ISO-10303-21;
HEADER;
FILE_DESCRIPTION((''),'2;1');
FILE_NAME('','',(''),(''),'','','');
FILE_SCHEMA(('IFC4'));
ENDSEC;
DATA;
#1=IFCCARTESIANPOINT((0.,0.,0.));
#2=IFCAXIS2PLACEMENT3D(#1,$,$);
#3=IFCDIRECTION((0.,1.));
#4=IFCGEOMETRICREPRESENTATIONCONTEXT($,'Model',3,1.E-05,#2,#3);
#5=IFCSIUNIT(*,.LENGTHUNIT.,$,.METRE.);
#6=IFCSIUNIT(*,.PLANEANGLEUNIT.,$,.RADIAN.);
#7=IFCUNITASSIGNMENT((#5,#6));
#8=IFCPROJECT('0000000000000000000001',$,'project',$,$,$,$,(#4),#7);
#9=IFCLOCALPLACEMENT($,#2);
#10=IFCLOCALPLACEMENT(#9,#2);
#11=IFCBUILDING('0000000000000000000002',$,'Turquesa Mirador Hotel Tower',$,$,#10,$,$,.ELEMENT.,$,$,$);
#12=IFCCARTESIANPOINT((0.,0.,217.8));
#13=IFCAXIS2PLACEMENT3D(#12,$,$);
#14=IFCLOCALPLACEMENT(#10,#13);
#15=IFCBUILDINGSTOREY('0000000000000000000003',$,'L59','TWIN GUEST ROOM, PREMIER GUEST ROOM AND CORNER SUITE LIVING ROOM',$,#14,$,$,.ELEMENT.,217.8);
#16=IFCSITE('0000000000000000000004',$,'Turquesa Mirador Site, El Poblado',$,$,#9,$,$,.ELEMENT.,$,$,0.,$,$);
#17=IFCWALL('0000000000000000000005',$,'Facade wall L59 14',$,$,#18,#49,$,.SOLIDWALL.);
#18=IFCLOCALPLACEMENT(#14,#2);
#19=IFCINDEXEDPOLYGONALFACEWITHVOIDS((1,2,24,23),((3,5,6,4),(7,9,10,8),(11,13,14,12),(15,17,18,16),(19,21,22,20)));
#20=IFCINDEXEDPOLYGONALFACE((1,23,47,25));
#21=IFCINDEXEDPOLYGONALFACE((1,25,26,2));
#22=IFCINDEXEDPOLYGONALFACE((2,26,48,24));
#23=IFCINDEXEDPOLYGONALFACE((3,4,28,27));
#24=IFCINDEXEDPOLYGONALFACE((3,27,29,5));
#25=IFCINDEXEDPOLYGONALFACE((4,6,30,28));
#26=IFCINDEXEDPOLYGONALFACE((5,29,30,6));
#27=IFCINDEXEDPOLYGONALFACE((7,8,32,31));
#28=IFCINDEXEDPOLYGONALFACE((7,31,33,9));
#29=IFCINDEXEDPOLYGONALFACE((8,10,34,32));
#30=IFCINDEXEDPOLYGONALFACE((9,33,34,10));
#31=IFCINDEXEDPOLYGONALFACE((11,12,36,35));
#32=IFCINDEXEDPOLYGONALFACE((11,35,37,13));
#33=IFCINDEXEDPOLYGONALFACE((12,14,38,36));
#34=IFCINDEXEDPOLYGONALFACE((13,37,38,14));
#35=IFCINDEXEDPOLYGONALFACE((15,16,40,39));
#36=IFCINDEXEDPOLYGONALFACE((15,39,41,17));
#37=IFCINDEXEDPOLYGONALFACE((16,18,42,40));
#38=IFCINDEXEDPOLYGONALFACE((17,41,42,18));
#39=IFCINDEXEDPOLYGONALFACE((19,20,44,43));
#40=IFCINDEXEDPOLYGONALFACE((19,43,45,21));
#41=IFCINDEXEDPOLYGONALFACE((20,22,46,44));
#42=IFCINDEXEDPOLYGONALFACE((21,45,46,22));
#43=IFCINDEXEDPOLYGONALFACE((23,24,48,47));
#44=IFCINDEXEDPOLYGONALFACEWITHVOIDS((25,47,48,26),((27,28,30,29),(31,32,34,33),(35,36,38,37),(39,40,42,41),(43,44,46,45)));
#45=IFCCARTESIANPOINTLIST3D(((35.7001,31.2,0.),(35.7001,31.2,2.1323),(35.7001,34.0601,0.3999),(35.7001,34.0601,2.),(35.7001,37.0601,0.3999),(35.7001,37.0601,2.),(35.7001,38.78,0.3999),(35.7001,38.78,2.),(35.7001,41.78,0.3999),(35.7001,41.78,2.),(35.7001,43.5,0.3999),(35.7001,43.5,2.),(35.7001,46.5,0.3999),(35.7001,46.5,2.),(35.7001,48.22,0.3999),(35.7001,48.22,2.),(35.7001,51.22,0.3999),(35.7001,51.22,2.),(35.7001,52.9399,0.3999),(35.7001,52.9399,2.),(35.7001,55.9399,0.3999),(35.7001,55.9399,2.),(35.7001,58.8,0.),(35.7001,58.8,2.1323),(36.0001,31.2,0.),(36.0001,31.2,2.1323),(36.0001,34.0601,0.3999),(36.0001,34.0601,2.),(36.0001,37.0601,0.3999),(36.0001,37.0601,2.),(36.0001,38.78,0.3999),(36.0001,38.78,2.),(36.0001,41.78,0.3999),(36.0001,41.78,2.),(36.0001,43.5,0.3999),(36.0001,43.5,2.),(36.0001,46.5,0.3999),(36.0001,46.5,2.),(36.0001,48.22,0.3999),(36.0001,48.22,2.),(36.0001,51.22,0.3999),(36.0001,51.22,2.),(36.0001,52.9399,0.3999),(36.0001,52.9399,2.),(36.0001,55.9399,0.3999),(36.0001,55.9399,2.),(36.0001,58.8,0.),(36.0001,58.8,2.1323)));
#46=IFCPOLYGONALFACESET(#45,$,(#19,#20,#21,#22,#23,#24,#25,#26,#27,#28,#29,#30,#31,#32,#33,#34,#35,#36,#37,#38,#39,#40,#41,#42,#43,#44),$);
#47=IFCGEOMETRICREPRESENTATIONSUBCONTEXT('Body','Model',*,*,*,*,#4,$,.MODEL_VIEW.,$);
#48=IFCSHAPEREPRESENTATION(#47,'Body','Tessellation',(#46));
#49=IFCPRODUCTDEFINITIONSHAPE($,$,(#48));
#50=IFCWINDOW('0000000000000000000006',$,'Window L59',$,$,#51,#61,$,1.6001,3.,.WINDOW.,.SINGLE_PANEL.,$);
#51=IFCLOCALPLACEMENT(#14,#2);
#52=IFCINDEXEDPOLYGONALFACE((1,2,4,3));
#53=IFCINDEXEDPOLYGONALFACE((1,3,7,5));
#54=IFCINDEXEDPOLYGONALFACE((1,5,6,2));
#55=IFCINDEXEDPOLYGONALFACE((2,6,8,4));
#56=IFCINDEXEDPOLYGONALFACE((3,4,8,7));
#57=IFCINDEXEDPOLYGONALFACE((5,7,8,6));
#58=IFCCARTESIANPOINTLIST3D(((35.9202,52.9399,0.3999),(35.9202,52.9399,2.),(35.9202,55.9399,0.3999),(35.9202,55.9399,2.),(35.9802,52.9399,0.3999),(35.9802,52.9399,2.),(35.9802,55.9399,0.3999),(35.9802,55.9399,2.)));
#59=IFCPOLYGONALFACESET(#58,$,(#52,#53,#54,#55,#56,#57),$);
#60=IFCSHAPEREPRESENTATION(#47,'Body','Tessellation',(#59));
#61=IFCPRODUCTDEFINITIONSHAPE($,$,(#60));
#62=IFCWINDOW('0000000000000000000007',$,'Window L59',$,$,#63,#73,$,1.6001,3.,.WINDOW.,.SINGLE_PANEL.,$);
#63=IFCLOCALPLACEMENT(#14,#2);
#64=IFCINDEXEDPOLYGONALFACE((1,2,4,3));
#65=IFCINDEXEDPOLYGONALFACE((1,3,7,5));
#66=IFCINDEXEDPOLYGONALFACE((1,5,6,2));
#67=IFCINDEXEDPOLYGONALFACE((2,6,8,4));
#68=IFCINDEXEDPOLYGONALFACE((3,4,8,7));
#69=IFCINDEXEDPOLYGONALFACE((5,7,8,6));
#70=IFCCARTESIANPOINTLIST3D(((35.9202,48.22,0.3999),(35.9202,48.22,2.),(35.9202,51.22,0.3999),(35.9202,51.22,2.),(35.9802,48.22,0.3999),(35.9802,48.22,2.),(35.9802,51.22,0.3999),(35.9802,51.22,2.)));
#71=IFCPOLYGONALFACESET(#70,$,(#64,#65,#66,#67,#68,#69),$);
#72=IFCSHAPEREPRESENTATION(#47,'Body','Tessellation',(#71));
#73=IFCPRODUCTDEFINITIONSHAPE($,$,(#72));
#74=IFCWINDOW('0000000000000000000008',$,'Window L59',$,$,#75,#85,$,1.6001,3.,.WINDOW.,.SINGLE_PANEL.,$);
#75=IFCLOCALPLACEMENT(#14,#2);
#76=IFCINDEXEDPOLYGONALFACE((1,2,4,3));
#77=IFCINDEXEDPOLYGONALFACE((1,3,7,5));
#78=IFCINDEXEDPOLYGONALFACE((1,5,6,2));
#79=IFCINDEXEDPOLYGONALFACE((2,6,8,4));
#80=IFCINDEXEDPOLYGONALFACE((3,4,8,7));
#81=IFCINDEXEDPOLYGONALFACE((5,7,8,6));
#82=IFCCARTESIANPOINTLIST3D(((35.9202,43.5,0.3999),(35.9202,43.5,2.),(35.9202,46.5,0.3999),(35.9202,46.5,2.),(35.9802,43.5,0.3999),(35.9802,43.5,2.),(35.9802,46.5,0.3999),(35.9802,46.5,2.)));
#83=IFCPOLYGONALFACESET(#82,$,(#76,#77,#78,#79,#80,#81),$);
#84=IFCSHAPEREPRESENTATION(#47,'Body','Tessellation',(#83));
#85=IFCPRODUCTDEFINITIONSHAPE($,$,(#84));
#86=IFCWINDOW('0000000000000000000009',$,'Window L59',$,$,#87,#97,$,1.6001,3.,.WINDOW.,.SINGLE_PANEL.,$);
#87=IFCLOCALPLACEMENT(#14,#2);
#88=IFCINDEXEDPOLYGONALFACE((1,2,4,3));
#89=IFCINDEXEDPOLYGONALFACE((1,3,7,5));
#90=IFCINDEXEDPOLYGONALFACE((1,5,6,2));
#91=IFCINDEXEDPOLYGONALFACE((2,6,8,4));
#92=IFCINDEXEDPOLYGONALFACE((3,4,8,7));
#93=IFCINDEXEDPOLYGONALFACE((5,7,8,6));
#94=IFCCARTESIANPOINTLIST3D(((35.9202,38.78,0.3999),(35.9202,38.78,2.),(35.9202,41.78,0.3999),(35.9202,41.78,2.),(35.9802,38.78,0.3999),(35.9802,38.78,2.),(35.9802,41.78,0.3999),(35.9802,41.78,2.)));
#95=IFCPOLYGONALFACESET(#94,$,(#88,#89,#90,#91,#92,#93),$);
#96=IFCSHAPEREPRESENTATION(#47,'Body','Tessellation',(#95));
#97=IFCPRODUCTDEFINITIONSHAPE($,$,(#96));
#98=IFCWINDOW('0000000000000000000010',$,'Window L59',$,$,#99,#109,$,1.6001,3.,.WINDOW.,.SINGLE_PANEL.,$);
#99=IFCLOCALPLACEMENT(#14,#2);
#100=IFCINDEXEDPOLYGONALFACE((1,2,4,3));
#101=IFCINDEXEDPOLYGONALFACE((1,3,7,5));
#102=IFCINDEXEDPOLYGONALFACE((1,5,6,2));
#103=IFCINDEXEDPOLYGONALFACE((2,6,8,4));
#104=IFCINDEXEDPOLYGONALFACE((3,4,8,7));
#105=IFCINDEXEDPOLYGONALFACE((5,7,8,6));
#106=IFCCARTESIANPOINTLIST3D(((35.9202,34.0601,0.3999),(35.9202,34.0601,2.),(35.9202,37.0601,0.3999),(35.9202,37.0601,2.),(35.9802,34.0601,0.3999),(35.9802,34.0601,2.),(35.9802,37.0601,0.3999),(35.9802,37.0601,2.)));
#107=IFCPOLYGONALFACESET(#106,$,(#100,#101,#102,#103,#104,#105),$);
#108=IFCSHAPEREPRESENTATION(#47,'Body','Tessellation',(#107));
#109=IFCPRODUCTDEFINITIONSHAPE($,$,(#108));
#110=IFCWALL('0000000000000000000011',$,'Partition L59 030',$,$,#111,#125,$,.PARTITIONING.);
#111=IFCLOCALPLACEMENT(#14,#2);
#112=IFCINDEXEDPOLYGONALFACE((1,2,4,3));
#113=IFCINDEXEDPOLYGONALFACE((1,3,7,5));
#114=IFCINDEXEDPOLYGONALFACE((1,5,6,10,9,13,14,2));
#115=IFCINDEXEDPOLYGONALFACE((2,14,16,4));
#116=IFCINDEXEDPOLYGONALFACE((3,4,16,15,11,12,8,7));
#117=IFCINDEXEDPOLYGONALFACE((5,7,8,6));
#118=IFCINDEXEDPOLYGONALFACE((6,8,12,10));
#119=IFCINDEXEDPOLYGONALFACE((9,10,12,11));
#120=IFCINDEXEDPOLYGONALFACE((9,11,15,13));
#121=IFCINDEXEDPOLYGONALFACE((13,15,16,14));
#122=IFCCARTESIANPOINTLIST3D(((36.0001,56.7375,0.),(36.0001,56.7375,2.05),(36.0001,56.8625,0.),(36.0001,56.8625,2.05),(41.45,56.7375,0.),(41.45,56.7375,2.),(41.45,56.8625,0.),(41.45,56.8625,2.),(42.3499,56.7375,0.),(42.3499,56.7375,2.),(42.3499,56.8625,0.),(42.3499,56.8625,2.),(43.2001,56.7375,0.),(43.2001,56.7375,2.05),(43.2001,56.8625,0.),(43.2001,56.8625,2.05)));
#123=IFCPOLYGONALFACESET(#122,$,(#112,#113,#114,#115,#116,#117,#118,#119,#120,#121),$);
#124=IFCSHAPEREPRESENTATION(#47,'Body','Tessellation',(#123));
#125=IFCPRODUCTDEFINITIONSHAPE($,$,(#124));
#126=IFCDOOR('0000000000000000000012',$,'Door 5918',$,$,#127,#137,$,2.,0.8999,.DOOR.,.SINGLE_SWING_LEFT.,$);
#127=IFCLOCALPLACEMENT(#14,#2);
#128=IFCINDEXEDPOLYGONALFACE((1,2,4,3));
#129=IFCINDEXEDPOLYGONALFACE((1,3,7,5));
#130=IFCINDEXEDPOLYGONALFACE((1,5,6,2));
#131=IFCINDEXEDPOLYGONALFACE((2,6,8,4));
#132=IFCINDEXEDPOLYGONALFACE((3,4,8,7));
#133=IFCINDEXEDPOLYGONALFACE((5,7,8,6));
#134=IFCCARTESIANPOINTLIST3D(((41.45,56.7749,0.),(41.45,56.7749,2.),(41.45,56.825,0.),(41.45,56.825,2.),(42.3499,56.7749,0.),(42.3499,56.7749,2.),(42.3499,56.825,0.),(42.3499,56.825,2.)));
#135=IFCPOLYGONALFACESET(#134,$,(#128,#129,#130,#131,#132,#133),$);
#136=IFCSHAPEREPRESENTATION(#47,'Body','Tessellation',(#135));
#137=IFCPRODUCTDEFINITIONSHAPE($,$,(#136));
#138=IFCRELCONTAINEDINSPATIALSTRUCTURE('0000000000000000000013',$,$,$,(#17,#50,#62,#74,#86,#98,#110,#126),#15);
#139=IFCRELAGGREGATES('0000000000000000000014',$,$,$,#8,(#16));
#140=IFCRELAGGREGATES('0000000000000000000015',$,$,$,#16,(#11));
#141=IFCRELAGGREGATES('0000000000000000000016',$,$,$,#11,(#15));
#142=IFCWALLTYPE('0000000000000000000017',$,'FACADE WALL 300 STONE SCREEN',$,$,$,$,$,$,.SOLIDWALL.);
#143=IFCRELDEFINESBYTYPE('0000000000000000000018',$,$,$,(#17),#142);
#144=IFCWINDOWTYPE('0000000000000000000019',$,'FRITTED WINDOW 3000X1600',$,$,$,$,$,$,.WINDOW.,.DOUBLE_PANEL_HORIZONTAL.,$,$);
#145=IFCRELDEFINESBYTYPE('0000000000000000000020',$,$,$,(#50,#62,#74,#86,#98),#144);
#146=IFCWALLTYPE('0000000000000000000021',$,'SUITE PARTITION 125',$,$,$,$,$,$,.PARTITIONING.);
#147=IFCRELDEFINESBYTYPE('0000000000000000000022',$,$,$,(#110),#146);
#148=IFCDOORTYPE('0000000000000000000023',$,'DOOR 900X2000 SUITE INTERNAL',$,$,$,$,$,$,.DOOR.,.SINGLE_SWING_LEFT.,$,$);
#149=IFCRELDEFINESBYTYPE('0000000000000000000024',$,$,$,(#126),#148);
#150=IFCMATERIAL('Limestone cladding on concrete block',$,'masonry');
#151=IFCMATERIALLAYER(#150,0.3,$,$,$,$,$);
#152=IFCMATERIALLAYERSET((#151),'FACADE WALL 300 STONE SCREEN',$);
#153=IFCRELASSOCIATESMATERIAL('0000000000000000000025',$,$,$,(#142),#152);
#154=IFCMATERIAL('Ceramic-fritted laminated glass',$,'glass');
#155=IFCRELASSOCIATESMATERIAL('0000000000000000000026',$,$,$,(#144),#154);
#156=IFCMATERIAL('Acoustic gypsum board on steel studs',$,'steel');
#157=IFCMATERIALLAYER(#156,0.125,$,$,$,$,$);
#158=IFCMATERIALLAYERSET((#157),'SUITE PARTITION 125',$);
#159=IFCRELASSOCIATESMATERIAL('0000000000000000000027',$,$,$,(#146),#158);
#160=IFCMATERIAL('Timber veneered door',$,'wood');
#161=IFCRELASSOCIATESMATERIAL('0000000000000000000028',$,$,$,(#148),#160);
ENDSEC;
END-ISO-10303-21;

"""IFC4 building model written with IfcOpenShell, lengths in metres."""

from ifc_helpers import new_model, si_unit, direction, frame, frame_2d, origin, place, context, subcontext, project, spatial, rectangle, extrude, material, layer, layer_set, type_object, element, fill, save


model = new_model("IFC4")

# Units and contexts
model_context = context("Model", 3, precision=1e-05, world=origin(), true_north=direction((0.0, 1.0)))
body_context = subcontext(model_context, "Body", "Model", "MODEL_VIEW")
ifc_project = project(units=[si_unit("LENGTHUNIT", "METRE"), si_unit("PLANEANGLEUNIT", "RADIAN")], contexts=[model_context])

# Site, building, storey
site_placement = place(None, origin())
site = spatial("IfcSite", under=ifc_project, at=site_placement, Name="Turquesa Mirador Site, El Poblado", CompositionType="ELEMENT", RefElevation=0.0)
building_placement = place(site_placement, origin())
building = spatial("IfcBuilding", under=site, at=building_placement, Name="Turquesa Mirador Hotel Tower", CompositionType="ELEMENT")
storey_placement = place(building_placement, frame((0.0, 0.0, 217.8)))
storey = spatial("IfcBuildingStorey", under=building, at=storey_placement, Name="L59", Description="TWIN GUEST ROOM, PREMIER GUEST ROOM AND CORNER SUITE LIVING ROOM", CompositionType="ELEMENT", Elevation=217.8)

# Shared definitions
ifc_material_1 = material(Name="Limestone cladding on concrete block", Category="masonry")
ifc_layer_1 = layer(ifc_material_1, 0.3)
ifc_layer_set_1 = layer_set([ifc_layer_1], Name="FACADE WALL 300 STONE SCREEN")
wall_type_1 = type_object("IfcWallType", Name="FACADE WALL 300 STONE SCREEN", PredefinedType="SOLIDWALL", material=ifc_layer_set_1)

# Wall, openings, windows
wall_1_placement = place(storey_placement, frame((35.8501, 58.8, 0.0), z_axis=(0.0, 0.0, 1.0), x_axis=(0.0, -1.0, 0.0)))
wall_1 = element("IfcWall", 1, at=wall_1_placement, inside=storey, type_object=wall_type_1, Name="Facade wall L59 14", PredefinedType="SOLIDWALL", context=body_context, shape_type="SweptSolid", body=[
    extrude(rectangle(XDim=27.6001, YDim=0.3, at=frame_2d((13.8, 0.0))), origin(), (0.0, 0.0, 1.0), 2.1323),
])
opening_1_placement = place(wall_1_placement, frame((2.8601, 0.0, 0.3999)))
opening_1 = element("IfcOpeningElement", 2, at=opening_1_placement, cuts=wall_1, PredefinedType="OPENING", context=body_context, shape_type="SweptSolid", body=[
    extrude(rectangle(XDim=3.0, YDim=1.6001, at=frame_2d((1.5, 0.8))), frame((0.0, 0.1599, 0.0), z_axis=(0.0, -1.0, 0.0), x_axis=(1.0, 0.0, 0.0)), (0.0, 0.0, 1.0), 0.3201),
])
opening_2_placement = place(wall_1_placement, frame((7.5801, 0.0, 0.3999)))
opening_2 = element("IfcOpeningElement", 3, at=opening_2_placement, cuts=wall_1, PredefinedType="OPENING", context=body_context, shape_type="SweptSolid", body=[
    extrude(rectangle(XDim=3.0, YDim=1.6001, at=frame_2d((1.5, 0.8))), frame((0.0, 0.1599, 0.0), z_axis=(0.0, -1.0, 0.0), x_axis=(1.0, 0.0, 0.0)), (0.0, 0.0, 1.0), 0.3201),
])
opening_3_placement = place(wall_1_placement, frame((12.3, 0.0, 0.3999)))
opening_3 = element("IfcOpeningElement", 4, at=opening_3_placement, cuts=wall_1, PredefinedType="OPENING", context=body_context, shape_type="SweptSolid", body=[
    extrude(rectangle(XDim=3.0, YDim=1.6001, at=frame_2d((1.5, 0.8))), frame((0.0, 0.1599, 0.0), z_axis=(0.0, -1.0, 0.0), x_axis=(1.0, 0.0, 0.0)), (0.0, 0.0, 1.0), 0.3201),
])
opening_4_placement = place(wall_1_placement, frame((17.02, 0.0, 0.3999)))
opening_4 = element("IfcOpeningElement", 5, at=opening_4_placement, cuts=wall_1, PredefinedType="OPENING", context=body_context, shape_type="SweptSolid", body=[
    extrude(rectangle(XDim=3.0, YDim=1.6001, at=frame_2d((1.5, 0.8))), frame((0.0, 0.1599, 0.0), z_axis=(0.0, -1.0, 0.0), x_axis=(1.0, 0.0, 0.0)), (0.0, 0.0, 1.0), 0.3201),
])
opening_5_placement = place(wall_1_placement, frame((21.74, 0.0, 0.3999)))
opening_5 = element("IfcOpeningElement", 6, at=opening_5_placement, cuts=wall_1, PredefinedType="OPENING", context=body_context, shape_type="SweptSolid", body=[
    extrude(rectangle(XDim=3.0, YDim=1.6001, at=frame_2d((1.5, 0.8))), frame((0.0, 0.1599, 0.0), z_axis=(0.0, -1.0, 0.0), x_axis=(1.0, 0.0, 0.0)), (0.0, 0.0, 1.0), 0.3201),
])
ifc_material_2 = material(Name="Ceramic-fritted laminated glass", Category="glass")
window_type_1 = type_object("IfcWindowType", Name="FRITTED WINDOW 3000X1600", PartitioningType="DOUBLE_PANEL_HORIZONTAL", PredefinedType="WINDOW", material=ifc_material_2)
window_1_placement = place(opening_1_placement, origin())
window_1 = element("IfcWindow", 7, at=window_1_placement, inside=storey, type_object=window_type_1, Name="Window L59", OverallHeight=1.6001, OverallWidth=3.0, PartitioningType="SINGLE_PANEL", PredefinedType="WINDOW", context=body_context, shape_type="SweptSolid", body=[
    extrude(rectangle(XDim=3.0, YDim=1.6001, at=frame_2d((1.5, 0.8))), frame((0.0, 0.1301, 0.0), z_axis=(0.0, -1.0, 0.0), x_axis=(1.0, 0.0, 0.0)), (0.0, 0.0, 1.0), 0.0601),
])
fill(opening_1, window_1)
window_2_placement = place(opening_2_placement, origin())
window_2 = element("IfcWindow", 8, at=window_2_placement, inside=storey, type_object=window_type_1, Name="Window L59", OverallHeight=1.6001, OverallWidth=3.0, PartitioningType="SINGLE_PANEL", PredefinedType="WINDOW", context=body_context, shape_type="SweptSolid", body=[
    extrude(rectangle(XDim=3.0, YDim=1.6001, at=frame_2d((1.5, 0.8))), frame((0.0, 0.1301, 0.0), z_axis=(0.0, -1.0, 0.0), x_axis=(1.0, 0.0, 0.0)), (0.0, 0.0, 1.0), 0.0601),
])
fill(opening_2, window_2)
window_3_placement = place(opening_3_placement, origin())
window_3 = element("IfcWindow", 9, at=window_3_placement, inside=storey, type_object=window_type_1, Name="Window L59", OverallHeight=1.6001, OverallWidth=3.0, PartitioningType="SINGLE_PANEL", PredefinedType="WINDOW", context=body_context, shape_type="SweptSolid", body=[
    extrude(rectangle(XDim=3.0, YDim=1.6001, at=frame_2d((1.5, 0.8))), frame((0.0, 0.1301, 0.0), z_axis=(0.0, -1.0, 0.0), x_axis=(1.0, 0.0, 0.0)), (0.0, 0.0, 1.0), 0.0601),
])
fill(opening_3, window_3)
window_4_placement = place(opening_4_placement, origin())
window_4 = element("IfcWindow", 10, at=window_4_placement, inside=storey, type_object=window_type_1, Name="Window L59", OverallHeight=1.6001, OverallWidth=3.0, PartitioningType="SINGLE_PANEL", PredefinedType="WINDOW", context=body_context, shape_type="SweptSolid", body=[
    extrude(rectangle(XDim=3.0, YDim=1.6001, at=frame_2d((1.5, 0.8))), frame((0.0, 0.1301, 0.0), z_axis=(0.0, -1.0, 0.0), x_axis=(1.0, 0.0, 0.0)), (0.0, 0.0, 1.0), 0.0601),
])
fill(opening_4, window_4)
window_5_placement = place(opening_5_placement, origin())
window_5 = element("IfcWindow", 11, at=window_5_placement, inside=storey, type_object=window_type_1, Name="Window L59", OverallHeight=1.6001, OverallWidth=3.0, PartitioningType="SINGLE_PANEL", PredefinedType="WINDOW", context=body_context, shape_type="SweptSolid", body=[
    extrude(rectangle(XDim=3.0, YDim=1.6001, at=frame_2d((1.5, 0.8))), frame((0.0, 0.1301, 0.0), z_axis=(0.0, -1.0, 0.0), x_axis=(1.0, 0.0, 0.0)), (0.0, 0.0, 1.0), 0.0601),
])
fill(opening_5, window_5)

# Wall, opening, door
ifc_material_3 = material(Name="Acoustic gypsum board on steel studs", Category="steel")
ifc_layer_2 = layer(ifc_material_3, 0.125)
ifc_layer_set_2 = layer_set([ifc_layer_2], Name="SUITE PARTITION 125")
wall_type_2 = type_object("IfcWallType", Name="SUITE PARTITION 125", PredefinedType="PARTITIONING", material=ifc_layer_set_2)
wall_2_placement = place(storey_placement, frame((36.0, 56.8, 0.0), z_axis=(0.0, 0.0, 1.0), x_axis=(1.0, 0.0, 0.0)))
wall_2 = element("IfcWall", 12, at=wall_2_placement, inside=storey, type_object=wall_type_2, Name="Partition L59 030", PredefinedType="PARTITIONING", context=body_context, shape_type="SweptSolid", body=[
    extrude(rectangle(XDim=7.2, YDim=0.125, at=frame_2d((3.6001, 0.0))), origin(), (0.0, 0.0, 1.0), 2.05),
])
opening_6_placement = place(wall_2_placement, frame((5.45, 0.0, 0.0)))
opening_6 = element("IfcOpeningElement", 13, at=opening_6_placement, cuts=wall_2, PredefinedType="OPENING", context=body_context, shape_type="SweptSolid", body=[
    extrude(rectangle(XDim=0.8999, YDim=2.0, at=frame_2d((0.45, 1.0))), frame((0.0, 0.0725, 0.0), z_axis=(0.0, -1.0, 0.0), x_axis=(1.0, 0.0, 0.0)), (0.0, 0.0, 1.0), 0.145),
])
ifc_material_4 = material(Name="Timber veneered door", Category="wood")
door_type = type_object("IfcDoorType", Name="DOOR 900X2000 SUITE INTERNAL", OperationType="SINGLE_SWING_LEFT", PredefinedType="DOOR", material=ifc_material_4)
door_placement = place(opening_6_placement, origin())
door = element("IfcDoor", 14, at=door_placement, inside=storey, type_object=door_type, Name="Door 5918", OperationType="SINGLE_SWING_LEFT", OverallHeight=2.0, OverallWidth=0.8999, PredefinedType="DOOR", context=body_context, shape_type="SweptSolid", body=[
    extrude(rectangle(XDim=0.8999, YDim=2.0, at=frame_2d((0.45, 1.0))), frame((0.0, 0.0249, 0.0), z_axis=(0.0, -1.0, 0.0), x_axis=(1.0, 0.0, 0.0)), (0.0, 0.0, 1.0), 0.05),
])
fill(opening_6, door)

save(model, "model.ifc")
